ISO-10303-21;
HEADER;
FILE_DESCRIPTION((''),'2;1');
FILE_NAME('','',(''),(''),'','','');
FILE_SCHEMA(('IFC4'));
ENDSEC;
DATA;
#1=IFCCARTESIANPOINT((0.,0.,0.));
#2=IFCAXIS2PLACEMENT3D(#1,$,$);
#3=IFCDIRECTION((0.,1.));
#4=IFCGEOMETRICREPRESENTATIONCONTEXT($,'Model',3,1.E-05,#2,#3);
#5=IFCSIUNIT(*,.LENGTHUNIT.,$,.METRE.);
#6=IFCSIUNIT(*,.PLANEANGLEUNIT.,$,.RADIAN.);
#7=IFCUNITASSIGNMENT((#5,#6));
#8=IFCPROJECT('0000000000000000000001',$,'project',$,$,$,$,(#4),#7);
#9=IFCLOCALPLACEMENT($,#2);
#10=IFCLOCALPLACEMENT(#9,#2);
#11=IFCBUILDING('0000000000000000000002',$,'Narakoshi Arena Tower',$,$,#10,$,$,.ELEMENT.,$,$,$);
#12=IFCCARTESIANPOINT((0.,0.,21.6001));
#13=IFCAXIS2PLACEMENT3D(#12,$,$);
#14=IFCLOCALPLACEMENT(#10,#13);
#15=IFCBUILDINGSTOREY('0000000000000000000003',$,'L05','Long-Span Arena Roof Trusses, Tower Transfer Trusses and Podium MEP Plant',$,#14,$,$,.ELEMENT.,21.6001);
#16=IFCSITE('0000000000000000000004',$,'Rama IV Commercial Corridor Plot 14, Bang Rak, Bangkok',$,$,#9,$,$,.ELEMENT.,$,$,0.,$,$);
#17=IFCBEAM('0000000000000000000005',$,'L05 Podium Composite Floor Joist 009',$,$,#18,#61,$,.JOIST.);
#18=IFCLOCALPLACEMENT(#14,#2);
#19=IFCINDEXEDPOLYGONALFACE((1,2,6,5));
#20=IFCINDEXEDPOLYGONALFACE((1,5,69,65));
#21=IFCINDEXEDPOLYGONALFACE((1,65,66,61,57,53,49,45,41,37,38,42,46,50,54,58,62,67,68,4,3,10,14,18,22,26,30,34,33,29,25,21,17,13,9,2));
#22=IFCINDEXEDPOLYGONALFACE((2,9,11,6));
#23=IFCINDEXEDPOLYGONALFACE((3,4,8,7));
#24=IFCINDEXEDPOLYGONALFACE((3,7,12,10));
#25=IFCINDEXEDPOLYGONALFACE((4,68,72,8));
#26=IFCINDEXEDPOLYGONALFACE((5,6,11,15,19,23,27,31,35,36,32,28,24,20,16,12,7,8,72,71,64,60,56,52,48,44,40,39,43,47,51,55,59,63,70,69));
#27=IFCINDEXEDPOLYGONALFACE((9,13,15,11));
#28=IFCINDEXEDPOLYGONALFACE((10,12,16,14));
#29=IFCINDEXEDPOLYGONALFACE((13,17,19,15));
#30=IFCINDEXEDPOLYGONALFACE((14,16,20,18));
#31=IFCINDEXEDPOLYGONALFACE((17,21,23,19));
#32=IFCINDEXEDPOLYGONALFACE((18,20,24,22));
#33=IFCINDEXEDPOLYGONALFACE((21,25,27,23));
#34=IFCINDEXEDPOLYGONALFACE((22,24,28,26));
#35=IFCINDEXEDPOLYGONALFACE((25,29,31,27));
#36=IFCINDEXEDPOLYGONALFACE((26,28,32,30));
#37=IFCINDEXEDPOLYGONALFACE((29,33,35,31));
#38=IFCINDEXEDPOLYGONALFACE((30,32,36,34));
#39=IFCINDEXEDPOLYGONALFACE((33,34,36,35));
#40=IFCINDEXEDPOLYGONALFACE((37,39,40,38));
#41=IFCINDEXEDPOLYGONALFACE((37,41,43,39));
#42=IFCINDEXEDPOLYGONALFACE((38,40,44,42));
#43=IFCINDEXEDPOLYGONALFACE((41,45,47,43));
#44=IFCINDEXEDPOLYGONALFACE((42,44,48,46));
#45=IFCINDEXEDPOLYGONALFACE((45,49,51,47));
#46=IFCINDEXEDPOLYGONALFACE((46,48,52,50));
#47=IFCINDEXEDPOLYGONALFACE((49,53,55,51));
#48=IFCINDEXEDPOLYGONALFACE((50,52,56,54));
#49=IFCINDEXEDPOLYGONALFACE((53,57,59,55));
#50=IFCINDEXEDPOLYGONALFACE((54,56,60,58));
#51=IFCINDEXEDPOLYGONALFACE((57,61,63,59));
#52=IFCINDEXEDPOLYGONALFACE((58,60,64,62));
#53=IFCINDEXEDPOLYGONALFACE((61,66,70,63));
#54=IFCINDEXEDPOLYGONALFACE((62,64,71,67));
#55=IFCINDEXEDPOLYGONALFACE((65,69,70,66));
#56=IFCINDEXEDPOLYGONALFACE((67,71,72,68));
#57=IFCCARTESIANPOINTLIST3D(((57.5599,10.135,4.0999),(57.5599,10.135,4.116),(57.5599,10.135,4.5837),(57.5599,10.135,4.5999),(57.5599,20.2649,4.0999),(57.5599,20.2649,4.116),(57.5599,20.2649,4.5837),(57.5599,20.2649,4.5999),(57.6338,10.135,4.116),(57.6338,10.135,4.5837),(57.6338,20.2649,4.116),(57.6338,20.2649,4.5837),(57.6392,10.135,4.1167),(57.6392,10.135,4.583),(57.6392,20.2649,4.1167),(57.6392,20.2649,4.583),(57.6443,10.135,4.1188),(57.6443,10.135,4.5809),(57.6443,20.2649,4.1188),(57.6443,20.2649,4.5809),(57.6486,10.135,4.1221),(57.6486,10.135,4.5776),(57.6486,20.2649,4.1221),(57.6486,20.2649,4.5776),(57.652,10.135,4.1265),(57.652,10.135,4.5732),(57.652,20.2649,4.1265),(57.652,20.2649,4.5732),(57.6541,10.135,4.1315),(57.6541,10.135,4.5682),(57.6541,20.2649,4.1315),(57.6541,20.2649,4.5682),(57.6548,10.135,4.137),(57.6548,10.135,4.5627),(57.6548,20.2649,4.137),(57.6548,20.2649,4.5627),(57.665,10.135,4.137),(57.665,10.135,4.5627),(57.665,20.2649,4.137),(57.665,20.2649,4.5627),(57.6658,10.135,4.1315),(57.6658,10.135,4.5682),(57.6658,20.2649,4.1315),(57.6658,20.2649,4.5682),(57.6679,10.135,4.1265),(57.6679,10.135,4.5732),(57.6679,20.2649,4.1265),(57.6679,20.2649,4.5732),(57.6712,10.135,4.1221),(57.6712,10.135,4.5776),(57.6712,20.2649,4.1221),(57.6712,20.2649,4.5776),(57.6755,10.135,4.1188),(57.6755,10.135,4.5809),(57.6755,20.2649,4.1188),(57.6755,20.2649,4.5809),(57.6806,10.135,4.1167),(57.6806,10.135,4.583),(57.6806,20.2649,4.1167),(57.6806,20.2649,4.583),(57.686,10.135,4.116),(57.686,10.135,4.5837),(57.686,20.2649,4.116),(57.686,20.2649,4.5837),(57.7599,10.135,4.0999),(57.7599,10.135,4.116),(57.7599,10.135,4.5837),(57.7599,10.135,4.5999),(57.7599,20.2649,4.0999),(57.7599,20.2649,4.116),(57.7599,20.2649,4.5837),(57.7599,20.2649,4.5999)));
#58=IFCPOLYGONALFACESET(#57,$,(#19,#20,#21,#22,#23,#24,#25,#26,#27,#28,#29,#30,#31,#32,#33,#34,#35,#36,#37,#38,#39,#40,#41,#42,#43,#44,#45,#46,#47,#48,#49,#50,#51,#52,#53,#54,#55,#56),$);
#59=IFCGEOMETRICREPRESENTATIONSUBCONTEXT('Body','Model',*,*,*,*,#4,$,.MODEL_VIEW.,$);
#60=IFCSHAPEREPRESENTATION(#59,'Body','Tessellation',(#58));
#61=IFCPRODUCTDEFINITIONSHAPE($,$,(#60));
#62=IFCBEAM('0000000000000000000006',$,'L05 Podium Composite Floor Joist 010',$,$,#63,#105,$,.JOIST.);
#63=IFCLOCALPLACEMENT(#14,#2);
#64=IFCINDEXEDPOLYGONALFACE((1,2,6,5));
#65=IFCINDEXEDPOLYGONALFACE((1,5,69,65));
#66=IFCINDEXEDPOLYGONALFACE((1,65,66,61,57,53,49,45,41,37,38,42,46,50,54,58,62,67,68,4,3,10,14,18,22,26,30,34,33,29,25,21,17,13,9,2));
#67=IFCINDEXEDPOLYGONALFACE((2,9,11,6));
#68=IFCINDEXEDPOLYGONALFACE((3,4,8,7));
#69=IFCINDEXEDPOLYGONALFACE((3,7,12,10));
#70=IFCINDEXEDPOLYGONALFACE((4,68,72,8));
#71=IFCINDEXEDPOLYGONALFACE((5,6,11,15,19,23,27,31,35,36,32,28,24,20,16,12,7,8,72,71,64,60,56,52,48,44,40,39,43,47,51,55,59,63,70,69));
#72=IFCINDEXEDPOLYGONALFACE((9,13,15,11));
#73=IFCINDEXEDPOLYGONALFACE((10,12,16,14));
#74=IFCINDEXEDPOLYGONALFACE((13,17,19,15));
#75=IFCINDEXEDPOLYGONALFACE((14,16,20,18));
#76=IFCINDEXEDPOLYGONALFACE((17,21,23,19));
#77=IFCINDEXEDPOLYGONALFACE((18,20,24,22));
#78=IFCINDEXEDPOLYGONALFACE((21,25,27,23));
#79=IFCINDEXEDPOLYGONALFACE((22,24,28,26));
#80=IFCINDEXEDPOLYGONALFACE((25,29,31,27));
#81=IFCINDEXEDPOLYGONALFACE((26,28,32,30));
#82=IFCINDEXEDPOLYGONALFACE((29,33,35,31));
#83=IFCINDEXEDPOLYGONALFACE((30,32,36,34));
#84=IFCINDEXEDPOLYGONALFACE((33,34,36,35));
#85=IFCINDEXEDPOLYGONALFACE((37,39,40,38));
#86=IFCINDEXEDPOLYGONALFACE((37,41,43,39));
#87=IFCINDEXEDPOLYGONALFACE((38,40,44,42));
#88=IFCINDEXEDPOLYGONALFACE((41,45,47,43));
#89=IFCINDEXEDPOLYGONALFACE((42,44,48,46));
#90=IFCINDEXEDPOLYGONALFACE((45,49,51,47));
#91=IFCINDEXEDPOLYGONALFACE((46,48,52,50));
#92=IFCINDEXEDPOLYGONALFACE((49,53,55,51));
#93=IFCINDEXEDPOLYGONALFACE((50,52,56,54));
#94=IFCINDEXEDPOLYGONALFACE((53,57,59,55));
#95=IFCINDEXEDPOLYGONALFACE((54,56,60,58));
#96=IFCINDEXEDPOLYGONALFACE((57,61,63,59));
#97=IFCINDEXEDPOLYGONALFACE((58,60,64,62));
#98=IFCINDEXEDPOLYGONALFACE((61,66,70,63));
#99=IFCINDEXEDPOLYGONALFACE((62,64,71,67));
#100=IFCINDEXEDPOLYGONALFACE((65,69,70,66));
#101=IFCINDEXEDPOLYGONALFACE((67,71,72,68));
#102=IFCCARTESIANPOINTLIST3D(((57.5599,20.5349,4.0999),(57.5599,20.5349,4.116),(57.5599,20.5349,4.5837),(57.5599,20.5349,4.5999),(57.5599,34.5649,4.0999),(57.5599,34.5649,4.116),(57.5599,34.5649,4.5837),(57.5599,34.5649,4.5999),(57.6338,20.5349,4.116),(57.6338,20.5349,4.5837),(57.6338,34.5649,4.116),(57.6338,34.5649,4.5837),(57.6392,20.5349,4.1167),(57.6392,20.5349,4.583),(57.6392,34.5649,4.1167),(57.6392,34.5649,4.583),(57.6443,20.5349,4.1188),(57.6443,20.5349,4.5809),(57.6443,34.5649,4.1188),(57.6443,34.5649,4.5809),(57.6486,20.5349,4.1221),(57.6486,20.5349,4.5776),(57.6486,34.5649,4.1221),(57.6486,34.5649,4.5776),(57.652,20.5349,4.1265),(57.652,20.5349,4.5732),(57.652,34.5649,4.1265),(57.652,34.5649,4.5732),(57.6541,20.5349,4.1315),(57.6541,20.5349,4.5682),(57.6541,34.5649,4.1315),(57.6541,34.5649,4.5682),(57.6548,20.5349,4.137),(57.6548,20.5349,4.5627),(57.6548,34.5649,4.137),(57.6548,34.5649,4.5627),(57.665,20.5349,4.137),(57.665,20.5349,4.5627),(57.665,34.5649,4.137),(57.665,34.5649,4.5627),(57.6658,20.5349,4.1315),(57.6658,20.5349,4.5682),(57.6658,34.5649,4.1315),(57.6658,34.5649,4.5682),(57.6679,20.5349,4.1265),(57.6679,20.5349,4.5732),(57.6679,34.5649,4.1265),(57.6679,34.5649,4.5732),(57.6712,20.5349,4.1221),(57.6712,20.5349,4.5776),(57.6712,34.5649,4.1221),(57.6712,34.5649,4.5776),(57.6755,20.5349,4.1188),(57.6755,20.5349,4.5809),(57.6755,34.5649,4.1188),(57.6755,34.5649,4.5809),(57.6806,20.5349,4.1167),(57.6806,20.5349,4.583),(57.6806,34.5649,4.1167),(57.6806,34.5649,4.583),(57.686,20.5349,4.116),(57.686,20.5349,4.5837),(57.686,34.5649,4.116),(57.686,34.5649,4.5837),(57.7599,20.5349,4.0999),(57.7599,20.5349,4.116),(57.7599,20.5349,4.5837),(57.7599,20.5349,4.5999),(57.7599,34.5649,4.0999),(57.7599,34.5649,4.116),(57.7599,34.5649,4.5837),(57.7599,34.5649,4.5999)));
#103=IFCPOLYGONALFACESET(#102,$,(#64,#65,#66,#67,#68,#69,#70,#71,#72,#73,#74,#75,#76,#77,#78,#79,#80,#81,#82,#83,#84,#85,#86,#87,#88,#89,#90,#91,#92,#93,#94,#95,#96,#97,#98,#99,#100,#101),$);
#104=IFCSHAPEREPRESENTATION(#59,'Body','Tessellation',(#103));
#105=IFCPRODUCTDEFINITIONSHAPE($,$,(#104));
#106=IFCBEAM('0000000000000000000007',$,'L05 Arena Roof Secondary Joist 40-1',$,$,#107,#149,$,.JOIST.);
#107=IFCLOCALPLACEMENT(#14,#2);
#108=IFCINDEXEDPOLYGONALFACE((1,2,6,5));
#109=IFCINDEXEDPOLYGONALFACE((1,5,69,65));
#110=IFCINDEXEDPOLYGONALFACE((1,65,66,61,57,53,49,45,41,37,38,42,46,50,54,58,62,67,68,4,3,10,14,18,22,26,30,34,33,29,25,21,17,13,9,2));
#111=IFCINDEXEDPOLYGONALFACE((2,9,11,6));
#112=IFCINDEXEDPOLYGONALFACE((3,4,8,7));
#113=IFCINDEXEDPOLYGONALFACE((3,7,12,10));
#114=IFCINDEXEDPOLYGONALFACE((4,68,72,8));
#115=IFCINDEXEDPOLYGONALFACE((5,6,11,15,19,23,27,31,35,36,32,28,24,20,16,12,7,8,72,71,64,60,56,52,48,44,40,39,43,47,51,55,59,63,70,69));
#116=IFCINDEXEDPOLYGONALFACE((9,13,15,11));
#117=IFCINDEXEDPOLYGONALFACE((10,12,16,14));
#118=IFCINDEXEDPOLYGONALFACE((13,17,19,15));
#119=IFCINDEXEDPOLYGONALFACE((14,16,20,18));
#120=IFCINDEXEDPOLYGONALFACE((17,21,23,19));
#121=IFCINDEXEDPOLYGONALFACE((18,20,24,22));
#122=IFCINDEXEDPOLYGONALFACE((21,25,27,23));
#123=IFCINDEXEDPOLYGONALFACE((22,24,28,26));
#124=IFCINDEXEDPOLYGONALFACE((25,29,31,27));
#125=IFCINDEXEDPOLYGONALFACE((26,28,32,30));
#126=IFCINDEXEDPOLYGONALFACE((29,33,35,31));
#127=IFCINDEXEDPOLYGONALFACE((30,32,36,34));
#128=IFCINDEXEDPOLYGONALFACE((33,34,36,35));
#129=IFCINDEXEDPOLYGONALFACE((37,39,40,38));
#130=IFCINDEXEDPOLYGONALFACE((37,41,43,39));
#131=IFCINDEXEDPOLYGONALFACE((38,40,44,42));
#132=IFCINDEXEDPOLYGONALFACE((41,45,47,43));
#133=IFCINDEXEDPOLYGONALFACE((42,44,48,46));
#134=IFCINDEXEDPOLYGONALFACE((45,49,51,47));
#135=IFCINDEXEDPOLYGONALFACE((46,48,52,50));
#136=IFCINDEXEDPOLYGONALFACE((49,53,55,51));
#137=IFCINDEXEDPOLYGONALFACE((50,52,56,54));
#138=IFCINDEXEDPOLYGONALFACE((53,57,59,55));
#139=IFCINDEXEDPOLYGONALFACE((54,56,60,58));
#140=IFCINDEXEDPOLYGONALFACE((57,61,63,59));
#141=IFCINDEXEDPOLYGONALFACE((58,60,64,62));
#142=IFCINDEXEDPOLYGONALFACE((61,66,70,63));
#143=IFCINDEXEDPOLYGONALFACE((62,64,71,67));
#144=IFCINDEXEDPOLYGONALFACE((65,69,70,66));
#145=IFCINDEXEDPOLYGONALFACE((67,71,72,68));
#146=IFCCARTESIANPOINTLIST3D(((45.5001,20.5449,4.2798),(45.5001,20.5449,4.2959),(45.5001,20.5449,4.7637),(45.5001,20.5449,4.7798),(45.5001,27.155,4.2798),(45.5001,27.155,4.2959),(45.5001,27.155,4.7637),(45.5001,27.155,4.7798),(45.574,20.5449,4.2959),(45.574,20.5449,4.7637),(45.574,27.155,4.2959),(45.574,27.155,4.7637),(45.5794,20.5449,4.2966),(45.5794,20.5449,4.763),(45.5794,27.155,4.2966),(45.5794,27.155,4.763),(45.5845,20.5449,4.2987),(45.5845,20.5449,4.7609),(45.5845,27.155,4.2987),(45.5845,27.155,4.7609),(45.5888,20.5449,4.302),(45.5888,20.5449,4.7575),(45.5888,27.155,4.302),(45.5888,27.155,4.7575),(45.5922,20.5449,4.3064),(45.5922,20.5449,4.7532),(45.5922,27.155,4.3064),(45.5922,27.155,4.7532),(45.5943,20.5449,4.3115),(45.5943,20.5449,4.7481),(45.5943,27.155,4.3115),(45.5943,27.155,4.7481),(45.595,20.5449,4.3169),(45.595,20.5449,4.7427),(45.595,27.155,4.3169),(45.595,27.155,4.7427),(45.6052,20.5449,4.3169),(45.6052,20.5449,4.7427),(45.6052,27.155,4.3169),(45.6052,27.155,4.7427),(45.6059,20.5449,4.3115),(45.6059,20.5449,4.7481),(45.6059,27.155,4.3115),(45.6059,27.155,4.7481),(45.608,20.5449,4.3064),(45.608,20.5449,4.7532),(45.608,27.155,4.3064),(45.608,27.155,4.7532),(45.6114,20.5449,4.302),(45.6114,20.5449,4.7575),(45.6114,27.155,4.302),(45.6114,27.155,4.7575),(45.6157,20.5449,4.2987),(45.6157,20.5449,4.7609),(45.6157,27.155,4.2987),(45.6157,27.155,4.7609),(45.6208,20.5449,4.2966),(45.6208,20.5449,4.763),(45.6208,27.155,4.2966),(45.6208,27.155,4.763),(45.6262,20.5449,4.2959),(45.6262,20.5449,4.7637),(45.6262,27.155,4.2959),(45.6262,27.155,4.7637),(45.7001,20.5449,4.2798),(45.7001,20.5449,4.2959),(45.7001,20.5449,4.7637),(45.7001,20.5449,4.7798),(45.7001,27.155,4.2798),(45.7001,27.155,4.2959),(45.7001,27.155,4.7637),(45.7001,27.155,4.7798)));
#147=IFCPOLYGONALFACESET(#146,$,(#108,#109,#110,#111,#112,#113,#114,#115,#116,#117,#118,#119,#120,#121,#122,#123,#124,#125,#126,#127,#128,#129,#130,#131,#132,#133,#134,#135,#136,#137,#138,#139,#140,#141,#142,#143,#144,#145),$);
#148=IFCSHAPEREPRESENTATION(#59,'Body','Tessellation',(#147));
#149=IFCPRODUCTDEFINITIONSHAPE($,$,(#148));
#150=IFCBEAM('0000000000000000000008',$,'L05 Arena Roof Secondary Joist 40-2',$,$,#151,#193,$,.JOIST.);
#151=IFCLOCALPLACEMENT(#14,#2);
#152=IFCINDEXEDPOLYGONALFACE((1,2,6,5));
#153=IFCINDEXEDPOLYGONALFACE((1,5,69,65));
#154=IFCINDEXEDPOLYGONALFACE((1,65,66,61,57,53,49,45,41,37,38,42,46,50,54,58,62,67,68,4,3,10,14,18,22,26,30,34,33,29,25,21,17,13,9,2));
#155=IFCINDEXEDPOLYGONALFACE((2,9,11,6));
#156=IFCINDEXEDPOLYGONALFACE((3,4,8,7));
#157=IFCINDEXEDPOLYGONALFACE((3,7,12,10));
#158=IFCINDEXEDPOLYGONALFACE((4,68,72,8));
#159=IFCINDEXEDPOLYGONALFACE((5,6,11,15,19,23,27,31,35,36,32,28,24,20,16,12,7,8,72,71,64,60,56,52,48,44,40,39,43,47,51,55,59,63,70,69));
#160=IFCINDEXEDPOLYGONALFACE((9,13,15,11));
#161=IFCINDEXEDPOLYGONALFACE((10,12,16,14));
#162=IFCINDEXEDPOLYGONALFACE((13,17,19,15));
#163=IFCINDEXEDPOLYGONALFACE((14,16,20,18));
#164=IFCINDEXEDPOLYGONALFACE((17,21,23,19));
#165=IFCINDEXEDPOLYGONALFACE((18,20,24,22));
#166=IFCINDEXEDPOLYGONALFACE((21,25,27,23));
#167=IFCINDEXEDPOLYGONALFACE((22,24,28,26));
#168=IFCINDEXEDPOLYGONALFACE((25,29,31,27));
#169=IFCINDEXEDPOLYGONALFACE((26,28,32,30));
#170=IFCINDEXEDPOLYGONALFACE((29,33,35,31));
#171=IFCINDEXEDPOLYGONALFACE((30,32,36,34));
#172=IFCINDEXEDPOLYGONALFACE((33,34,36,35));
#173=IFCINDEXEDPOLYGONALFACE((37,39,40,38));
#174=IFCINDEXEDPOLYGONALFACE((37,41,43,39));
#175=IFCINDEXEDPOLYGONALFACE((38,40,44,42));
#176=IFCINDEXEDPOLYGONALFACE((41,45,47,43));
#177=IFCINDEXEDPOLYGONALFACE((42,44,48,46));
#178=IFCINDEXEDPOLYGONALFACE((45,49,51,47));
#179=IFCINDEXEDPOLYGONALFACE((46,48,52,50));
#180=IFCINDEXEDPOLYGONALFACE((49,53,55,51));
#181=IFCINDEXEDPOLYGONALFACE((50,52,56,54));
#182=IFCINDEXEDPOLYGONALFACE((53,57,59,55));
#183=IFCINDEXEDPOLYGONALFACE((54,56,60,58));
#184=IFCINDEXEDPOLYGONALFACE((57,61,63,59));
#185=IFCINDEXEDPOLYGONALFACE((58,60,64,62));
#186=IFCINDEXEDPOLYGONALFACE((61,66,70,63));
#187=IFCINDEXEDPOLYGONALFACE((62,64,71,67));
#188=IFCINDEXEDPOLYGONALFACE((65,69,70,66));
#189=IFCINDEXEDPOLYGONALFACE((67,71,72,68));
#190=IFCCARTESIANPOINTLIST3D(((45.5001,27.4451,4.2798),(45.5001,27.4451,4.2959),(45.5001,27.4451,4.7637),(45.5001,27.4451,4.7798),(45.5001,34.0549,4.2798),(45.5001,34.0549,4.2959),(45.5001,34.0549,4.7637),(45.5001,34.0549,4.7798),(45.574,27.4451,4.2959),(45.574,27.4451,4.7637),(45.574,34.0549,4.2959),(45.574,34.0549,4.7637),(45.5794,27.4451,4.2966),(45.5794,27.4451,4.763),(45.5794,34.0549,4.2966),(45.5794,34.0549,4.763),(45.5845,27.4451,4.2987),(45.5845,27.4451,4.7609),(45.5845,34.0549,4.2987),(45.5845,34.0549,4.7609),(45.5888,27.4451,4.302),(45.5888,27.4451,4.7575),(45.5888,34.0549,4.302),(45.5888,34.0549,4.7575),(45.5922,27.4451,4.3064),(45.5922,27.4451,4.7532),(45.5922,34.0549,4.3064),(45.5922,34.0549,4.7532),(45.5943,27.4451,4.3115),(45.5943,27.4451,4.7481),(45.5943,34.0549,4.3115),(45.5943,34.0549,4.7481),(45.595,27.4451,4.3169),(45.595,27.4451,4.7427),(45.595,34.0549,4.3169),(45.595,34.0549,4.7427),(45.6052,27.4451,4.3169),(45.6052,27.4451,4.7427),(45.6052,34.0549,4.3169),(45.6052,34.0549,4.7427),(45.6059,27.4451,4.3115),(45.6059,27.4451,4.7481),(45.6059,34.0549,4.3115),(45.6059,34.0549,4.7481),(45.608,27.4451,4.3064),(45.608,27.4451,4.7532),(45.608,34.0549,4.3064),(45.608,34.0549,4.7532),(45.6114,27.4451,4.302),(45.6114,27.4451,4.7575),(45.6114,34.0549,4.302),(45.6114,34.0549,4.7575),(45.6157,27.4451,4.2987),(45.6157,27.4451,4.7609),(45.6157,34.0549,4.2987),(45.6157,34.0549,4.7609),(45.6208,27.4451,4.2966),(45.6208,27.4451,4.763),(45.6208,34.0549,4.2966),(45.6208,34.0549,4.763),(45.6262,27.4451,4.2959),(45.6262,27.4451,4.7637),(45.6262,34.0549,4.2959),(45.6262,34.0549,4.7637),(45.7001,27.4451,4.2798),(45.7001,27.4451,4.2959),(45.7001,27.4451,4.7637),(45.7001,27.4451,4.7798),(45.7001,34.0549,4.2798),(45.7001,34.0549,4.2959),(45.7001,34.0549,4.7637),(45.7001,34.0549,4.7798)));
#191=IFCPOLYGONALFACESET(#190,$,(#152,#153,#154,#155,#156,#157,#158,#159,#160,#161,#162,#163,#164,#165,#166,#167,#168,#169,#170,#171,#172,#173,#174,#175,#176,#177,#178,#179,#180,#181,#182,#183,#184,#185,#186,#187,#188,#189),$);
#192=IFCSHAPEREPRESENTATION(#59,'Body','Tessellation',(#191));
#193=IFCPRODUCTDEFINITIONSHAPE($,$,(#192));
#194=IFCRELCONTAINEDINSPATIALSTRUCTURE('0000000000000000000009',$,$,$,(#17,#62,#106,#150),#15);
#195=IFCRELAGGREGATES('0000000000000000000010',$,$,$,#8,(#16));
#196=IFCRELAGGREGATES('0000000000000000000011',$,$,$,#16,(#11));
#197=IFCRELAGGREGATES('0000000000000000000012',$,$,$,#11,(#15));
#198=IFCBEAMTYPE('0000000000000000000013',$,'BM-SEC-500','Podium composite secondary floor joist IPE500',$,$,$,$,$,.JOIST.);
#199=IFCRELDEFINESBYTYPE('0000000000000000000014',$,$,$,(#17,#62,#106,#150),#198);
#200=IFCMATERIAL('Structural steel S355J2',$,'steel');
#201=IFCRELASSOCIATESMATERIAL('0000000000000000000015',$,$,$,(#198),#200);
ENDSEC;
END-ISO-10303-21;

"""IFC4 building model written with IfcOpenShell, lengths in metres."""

from ifc_helpers import new_model, si_unit, direction, frame, origin, origin_2d, place, context, subcontext, project, spatial, i_section, extrude, material, material_profile, profile_set, type_object, element, save


model = new_model("IFC4")

# Units and contexts
model_context = context("Model", 3, precision=1e-05, world=origin(), true_north=direction((0.0, 1.0)))
body_context = subcontext(model_context, "Body", "Model", "MODEL_VIEW")
ifc_project = project(units=[si_unit("LENGTHUNIT", "METRE"), si_unit("PLANEANGLEUNIT", "RADIAN")], contexts=[model_context])

# Site, building, storey
site_placement = place(None, origin())
site = spatial("IfcSite", under=ifc_project, at=site_placement, Name="Rama IV Commercial Corridor Plot 14, Bang Rak, Bangkok", CompositionType="ELEMENT", RefElevation=0.0)
building_placement = place(site_placement, origin())
building = spatial("IfcBuilding", under=site, at=building_placement, Name="Narakoshi Arena Tower", CompositionType="ELEMENT")
storey_placement = place(building_placement, frame((0.0, 0.0, 21.6001)))
storey = spatial("IfcBuildingStorey", under=building, at=storey_placement, Name="L05", Description="Long-Span Arena Roof Trusses, Tower Transfer Trusses and Podium MEP Plant", CompositionType="ELEMENT", Elevation=21.6001)

# Shared definitions
ifc_material_1 = material(Name="Structural steel S355J2", Category="steel")

# Beams
ifc_material_profile_1 = material_profile(ifc_material_1, i_section(OverallWidth=0.2, OverallDepth=0.5, WebThickness=0.0103, FlangeThickness=0.0161, FilletRadius=0.021, at=origin_2d()), Name="IPE500")
ifc_profile_set_1 = profile_set([ifc_material_profile_1], Name="Structural steel S355J2")
beam_type_1 = type_object("IfcBeamType", Name="BM-SEC-500", Description="Podium composite secondary floor joist IPE500", PredefinedType="JOIST", material=ifc_profile_set_1)
for number, where, z_axis, x_axis, name in (
    (1, (57.6599, 10.135, 4.3499), (0.0, 1.0, 0.0), (-1.0, 0.0, 0.0), "L05 Podium Composite Floor Joist 009"),
):
    element("IfcBeam", number, at=place(storey_placement, frame(where, z_axis=z_axis, x_axis=x_axis)), inside=storey, type_object=beam_type_1, Name=name, PredefinedType="JOIST", context=body_context, shape_type="SweptSolid", body=[
        extrude(i_section(OverallWidth=0.2, OverallDepth=0.5, WebThickness=0.0103, FlangeThickness=0.0161, FilletRadius=0.021, at=origin_2d()), origin(), (0.0, 0.0, 1.0), 10.1299),
    ])
beam_1_placement = place(storey_placement, frame((57.6599, 20.5349, 4.3499), z_axis=(0.0, 1.0, 0.0), x_axis=(-1.0, 0.0, 0.0)))
element("IfcBeam", 2, at=beam_1_placement, inside=storey, type_object=beam_type_1, Name="L05 Podium Composite Floor Joist 010", PredefinedType="JOIST", context=body_context, shape_type="SweptSolid", body=[
    extrude(i_section(OverallWidth=0.2, OverallDepth=0.5, WebThickness=0.0103, FlangeThickness=0.0161, FilletRadius=0.021, at=origin_2d()), origin(), (0.0, 0.0, 1.0), 14.03),
])
beam_2_placement = place(storey_placement, frame((45.6001, 20.5449, 4.5298), z_axis=(0.0, 1.0, 0.0), x_axis=(-1.0, 0.0, 0.0)))
element("IfcBeam", 3, at=beam_2_placement, inside=storey, type_object=beam_type_1, Name="L05 Arena Roof Secondary Joist 40-1", PredefinedType="JOIST", context=body_context, shape_type="SweptSolid", body=[
    extrude(i_section(OverallWidth=0.2, OverallDepth=0.5, WebThickness=0.0103, FlangeThickness=0.0161, FilletRadius=0.021, at=origin_2d()), origin(), (0.0, 0.0, 1.0), 6.6101),
])
beam_3_placement = place(storey_placement, frame((45.6001, 27.4451, 4.5298), z_axis=(0.0, 1.0, 0.0), x_axis=(-1.0, 0.0, 0.0)))
element("IfcBeam", 4, at=beam_3_placement, inside=storey, type_object=beam_type_1, Name="L05 Arena Roof Secondary Joist 40-2", PredefinedType="JOIST", context=body_context, shape_type="SweptSolid", body=[
    extrude(i_section(OverallWidth=0.2, OverallDepth=0.5, WebThickness=0.0103, FlangeThickness=0.0161, FilletRadius=0.021, at=origin_2d()), origin(), (0.0, 0.0, 1.0), 6.6099),
])

save(model, "model.ifc")
